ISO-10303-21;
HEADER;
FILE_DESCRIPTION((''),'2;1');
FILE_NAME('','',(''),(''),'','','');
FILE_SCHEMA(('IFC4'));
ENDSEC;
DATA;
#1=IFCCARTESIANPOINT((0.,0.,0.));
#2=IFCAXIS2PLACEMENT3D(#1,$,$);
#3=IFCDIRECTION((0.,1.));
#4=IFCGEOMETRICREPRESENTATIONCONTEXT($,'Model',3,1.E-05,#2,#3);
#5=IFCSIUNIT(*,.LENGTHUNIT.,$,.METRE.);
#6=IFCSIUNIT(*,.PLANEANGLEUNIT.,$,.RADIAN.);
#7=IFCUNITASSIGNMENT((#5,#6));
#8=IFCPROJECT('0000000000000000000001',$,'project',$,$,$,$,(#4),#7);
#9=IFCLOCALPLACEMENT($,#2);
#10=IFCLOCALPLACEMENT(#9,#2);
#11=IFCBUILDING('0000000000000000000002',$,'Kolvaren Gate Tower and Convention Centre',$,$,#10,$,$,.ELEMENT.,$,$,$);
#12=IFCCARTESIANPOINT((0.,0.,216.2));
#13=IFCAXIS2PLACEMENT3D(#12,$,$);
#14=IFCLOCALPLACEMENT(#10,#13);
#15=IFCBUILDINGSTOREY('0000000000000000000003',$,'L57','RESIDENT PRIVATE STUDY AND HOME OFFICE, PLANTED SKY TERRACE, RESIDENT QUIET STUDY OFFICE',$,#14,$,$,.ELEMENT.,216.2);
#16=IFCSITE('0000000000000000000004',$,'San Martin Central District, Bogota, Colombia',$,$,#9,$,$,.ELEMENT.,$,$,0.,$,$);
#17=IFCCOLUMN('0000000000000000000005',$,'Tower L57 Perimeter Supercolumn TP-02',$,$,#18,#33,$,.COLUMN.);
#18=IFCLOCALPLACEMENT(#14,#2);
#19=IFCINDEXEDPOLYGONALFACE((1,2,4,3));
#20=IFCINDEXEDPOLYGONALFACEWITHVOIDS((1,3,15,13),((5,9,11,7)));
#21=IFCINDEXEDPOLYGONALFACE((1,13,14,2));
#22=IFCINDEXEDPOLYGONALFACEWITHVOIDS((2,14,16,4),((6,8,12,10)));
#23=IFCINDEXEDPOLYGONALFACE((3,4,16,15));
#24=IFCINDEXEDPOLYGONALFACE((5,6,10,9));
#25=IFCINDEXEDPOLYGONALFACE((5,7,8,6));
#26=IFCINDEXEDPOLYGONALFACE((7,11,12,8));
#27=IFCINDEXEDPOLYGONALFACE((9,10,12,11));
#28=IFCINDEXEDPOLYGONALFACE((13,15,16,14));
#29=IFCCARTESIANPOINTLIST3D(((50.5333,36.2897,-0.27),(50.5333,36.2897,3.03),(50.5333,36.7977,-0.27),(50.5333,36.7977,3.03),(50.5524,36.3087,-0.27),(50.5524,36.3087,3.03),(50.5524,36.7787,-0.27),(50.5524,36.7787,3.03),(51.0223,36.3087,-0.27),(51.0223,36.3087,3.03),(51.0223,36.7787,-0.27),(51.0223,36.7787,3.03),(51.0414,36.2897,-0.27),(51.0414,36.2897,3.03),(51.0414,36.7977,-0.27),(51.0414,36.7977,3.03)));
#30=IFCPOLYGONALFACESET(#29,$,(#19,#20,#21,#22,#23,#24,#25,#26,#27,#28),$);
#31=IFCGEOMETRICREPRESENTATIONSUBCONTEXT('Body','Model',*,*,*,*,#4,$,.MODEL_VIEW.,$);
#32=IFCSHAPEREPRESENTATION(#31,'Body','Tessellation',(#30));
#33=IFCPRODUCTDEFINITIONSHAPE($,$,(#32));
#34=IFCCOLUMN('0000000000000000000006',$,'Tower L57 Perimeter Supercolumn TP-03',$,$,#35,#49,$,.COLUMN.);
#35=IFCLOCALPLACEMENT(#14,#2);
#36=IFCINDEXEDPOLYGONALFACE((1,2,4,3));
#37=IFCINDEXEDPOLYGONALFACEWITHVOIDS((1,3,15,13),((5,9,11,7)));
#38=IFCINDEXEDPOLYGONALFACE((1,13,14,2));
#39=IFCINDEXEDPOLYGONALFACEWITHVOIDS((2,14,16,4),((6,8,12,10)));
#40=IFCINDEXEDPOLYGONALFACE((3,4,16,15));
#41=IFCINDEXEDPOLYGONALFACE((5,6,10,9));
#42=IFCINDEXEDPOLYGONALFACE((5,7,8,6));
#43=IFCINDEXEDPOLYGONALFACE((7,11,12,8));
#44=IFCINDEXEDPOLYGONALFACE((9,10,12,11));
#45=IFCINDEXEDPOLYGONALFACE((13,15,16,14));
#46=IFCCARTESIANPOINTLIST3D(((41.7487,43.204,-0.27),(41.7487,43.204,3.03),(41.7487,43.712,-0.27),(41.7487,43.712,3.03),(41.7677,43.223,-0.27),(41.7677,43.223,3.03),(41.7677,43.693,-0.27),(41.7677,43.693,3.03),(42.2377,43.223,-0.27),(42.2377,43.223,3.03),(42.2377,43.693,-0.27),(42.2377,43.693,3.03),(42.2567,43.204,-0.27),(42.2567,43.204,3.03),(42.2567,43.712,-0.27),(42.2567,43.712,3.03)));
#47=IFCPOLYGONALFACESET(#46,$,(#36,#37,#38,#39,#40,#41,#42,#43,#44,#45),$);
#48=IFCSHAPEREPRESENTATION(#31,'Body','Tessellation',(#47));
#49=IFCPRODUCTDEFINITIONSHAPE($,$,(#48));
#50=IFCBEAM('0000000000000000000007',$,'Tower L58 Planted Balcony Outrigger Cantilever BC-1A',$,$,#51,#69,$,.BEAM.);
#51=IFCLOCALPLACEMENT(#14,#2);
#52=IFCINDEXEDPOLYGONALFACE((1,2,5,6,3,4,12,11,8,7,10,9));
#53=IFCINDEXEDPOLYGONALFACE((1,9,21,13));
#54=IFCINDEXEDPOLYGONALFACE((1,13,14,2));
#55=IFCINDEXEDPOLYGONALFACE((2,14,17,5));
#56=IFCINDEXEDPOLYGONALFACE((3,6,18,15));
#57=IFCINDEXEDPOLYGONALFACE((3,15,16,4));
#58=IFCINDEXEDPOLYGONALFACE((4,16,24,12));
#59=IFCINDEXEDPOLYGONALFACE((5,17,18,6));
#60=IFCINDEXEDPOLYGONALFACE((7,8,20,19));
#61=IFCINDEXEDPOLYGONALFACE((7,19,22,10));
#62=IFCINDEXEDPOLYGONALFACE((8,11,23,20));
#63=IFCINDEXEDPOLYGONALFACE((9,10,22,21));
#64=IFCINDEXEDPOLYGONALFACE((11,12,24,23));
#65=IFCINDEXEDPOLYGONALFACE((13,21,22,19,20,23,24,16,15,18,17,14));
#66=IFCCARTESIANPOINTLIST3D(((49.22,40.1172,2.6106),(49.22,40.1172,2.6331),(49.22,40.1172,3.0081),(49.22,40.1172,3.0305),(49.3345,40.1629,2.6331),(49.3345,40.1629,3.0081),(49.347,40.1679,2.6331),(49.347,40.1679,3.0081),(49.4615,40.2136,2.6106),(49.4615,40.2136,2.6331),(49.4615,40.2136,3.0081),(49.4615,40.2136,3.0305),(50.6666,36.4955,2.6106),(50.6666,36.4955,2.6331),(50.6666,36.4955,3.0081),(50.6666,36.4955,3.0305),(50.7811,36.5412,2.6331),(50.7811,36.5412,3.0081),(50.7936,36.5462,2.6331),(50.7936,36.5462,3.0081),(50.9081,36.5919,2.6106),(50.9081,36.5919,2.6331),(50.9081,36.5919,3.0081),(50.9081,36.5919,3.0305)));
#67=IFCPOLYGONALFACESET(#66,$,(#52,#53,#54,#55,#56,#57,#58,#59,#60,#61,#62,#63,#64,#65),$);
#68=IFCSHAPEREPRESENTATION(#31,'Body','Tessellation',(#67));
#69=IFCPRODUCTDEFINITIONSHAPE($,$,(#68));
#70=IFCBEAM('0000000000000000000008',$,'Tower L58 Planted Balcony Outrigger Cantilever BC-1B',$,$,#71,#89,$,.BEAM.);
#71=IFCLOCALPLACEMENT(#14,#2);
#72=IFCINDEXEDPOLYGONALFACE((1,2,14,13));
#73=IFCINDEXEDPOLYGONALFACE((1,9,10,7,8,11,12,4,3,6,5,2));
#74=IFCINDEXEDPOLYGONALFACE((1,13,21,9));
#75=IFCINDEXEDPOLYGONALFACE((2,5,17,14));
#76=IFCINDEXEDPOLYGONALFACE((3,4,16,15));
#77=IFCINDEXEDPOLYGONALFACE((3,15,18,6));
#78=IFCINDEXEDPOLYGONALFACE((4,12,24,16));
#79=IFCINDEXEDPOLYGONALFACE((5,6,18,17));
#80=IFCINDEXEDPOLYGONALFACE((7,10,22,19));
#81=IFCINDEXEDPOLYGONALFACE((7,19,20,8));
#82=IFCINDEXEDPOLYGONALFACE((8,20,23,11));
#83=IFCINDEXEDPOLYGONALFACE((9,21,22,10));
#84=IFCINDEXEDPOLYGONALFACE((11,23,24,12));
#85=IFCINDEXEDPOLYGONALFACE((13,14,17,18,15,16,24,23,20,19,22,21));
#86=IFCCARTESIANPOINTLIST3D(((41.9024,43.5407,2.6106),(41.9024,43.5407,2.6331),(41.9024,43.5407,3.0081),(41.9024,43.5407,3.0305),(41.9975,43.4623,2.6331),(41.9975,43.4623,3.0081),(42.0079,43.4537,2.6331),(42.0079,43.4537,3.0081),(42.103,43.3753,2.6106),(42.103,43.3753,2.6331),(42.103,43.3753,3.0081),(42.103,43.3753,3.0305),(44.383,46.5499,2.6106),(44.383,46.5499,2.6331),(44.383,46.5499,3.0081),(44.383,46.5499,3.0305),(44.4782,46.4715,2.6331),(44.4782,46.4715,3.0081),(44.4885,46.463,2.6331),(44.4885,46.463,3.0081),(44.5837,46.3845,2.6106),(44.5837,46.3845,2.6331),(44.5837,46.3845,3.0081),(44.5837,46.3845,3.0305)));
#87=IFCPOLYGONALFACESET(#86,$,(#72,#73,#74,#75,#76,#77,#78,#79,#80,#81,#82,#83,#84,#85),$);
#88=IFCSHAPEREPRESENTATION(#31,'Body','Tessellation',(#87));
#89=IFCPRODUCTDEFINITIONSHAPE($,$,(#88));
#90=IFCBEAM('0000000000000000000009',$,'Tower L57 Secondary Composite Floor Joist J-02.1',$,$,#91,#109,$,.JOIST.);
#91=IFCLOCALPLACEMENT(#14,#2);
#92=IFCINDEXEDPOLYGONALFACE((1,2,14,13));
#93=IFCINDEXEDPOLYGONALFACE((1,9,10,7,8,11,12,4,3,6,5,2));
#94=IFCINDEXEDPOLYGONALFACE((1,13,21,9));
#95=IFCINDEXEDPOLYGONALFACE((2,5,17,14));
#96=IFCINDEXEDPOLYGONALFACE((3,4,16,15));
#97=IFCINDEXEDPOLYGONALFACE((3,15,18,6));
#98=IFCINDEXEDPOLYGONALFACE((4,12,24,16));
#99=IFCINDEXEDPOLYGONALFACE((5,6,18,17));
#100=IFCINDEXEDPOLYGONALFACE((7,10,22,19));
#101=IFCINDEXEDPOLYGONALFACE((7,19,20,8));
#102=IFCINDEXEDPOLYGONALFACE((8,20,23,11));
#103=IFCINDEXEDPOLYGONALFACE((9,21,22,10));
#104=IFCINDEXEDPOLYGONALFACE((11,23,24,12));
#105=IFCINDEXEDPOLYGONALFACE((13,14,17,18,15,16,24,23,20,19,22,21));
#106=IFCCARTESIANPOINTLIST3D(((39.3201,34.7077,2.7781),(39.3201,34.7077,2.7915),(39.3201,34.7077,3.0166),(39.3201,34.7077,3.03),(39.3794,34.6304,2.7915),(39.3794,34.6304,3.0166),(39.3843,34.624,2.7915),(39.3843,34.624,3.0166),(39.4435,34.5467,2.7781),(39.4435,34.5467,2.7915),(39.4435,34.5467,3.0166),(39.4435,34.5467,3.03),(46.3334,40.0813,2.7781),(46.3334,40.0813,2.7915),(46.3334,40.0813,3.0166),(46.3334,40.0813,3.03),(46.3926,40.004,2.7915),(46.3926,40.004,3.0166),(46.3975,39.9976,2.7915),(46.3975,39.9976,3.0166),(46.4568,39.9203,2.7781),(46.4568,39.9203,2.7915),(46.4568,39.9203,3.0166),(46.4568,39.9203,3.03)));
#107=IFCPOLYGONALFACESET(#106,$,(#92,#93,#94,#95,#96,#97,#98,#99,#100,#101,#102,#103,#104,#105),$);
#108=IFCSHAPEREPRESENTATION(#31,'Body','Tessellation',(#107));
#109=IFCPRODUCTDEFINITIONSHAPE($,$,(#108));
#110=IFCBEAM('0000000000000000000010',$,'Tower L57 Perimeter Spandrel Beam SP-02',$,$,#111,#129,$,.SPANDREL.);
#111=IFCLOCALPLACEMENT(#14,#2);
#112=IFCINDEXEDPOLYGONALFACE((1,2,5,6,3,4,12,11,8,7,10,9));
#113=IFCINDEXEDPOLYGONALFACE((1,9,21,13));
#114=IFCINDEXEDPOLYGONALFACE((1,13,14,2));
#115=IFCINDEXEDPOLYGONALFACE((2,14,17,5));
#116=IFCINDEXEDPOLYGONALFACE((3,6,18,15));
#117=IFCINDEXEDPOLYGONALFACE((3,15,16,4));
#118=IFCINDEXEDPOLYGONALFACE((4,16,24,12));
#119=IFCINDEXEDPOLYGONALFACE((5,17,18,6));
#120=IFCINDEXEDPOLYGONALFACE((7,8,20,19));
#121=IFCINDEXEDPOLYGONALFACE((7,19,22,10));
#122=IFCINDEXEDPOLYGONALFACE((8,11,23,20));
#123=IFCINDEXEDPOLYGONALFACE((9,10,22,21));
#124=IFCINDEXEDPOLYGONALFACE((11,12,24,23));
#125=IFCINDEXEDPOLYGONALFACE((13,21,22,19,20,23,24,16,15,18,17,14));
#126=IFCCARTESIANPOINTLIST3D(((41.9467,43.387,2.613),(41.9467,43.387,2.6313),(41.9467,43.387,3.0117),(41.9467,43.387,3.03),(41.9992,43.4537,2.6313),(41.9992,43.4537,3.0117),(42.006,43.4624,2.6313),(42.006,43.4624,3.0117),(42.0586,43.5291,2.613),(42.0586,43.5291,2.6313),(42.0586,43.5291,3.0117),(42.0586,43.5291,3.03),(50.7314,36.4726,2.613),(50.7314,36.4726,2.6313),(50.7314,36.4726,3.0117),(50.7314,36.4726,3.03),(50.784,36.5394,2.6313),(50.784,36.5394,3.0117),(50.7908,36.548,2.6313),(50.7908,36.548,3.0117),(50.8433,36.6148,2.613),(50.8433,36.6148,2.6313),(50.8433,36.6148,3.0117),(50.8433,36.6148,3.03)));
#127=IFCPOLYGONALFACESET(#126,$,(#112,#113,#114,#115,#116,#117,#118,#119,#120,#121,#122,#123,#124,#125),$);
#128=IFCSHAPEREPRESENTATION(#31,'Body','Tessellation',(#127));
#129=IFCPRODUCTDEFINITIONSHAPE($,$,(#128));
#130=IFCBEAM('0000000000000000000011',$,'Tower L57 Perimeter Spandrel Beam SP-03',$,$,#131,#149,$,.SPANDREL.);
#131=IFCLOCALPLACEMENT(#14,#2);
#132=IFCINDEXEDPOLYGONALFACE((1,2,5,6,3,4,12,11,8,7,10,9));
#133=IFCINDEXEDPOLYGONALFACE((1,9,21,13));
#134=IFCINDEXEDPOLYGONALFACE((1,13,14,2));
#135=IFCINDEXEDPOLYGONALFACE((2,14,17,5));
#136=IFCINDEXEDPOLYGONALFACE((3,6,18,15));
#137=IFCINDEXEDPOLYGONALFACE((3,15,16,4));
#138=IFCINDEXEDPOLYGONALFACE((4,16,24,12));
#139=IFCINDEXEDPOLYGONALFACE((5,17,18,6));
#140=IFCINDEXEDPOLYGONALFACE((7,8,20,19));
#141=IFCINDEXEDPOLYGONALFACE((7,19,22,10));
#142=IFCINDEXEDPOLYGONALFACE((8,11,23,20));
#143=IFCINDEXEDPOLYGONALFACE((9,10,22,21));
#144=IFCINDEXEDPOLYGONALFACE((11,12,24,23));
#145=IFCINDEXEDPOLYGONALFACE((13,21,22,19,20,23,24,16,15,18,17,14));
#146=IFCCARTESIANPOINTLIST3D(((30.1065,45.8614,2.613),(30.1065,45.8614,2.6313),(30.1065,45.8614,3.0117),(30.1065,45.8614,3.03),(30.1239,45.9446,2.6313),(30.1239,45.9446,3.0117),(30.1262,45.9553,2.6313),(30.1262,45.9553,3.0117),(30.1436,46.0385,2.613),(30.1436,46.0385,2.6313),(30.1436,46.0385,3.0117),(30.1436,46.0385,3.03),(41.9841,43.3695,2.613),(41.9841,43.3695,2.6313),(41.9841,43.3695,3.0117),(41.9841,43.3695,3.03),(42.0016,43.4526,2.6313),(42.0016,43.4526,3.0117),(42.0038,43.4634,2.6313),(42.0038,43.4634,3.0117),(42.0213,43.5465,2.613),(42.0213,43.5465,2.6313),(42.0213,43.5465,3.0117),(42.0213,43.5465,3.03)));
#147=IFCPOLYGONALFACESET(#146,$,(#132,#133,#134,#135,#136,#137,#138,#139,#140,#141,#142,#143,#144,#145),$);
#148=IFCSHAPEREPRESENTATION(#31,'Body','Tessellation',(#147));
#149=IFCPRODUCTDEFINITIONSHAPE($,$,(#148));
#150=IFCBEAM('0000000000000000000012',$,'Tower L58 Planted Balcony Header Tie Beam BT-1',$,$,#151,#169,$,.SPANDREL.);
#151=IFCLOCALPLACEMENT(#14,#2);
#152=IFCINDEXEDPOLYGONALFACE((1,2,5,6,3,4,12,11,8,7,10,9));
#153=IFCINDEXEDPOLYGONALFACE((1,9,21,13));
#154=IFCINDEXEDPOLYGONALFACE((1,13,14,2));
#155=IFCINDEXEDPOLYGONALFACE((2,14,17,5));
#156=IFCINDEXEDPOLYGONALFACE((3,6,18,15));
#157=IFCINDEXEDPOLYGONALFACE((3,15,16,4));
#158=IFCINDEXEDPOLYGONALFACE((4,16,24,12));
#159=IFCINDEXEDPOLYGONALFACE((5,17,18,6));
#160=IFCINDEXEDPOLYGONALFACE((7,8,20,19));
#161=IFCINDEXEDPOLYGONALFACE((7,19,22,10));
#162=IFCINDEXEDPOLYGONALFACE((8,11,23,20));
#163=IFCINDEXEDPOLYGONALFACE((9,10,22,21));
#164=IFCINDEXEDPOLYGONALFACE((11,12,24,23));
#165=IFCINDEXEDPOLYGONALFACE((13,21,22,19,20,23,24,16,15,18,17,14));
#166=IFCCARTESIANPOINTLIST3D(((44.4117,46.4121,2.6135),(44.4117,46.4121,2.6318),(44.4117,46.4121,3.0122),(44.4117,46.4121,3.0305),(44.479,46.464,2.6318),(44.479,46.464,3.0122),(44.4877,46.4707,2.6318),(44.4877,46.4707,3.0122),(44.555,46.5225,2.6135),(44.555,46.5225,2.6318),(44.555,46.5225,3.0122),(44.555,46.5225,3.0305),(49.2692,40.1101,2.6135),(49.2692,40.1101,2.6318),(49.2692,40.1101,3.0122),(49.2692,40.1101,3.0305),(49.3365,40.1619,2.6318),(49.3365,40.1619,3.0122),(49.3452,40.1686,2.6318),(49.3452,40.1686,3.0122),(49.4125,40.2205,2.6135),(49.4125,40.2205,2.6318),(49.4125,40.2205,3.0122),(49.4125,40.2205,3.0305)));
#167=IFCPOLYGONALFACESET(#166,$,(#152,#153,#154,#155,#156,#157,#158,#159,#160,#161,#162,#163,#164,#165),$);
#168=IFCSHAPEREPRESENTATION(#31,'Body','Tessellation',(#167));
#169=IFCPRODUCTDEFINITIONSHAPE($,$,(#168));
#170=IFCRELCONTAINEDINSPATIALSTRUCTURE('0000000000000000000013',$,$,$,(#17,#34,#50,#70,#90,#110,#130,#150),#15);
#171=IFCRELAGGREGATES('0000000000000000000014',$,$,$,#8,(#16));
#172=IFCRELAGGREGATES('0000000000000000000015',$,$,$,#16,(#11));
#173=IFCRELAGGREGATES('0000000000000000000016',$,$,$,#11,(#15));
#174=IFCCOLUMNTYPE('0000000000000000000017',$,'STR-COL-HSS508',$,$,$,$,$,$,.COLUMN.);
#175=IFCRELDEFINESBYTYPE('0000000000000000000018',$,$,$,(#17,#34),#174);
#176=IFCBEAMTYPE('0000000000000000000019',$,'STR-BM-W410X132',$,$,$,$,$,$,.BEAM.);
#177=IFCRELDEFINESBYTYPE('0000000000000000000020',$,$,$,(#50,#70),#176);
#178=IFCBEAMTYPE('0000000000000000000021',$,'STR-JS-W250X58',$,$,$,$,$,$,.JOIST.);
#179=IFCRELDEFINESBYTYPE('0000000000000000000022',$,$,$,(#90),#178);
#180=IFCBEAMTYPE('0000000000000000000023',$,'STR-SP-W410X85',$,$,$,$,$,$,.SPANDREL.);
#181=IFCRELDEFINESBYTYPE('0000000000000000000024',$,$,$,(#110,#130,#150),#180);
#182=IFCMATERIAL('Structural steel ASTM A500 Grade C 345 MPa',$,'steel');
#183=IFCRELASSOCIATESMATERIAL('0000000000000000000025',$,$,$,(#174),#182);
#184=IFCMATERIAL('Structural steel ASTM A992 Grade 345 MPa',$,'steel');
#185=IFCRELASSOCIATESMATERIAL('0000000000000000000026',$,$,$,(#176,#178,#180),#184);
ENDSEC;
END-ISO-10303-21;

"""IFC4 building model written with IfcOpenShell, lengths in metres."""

from ifc_helpers import new_model, si_unit, direction, frame, origin, origin_2d, place, context, subcontext, project, spatial, hollow_rectangle, i_section, extrude, material, material_profile, profile_set, type_object, element, save


model = new_model("IFC4")

# Units and contexts
model_context = context("Model", 3, precision=1e-05, world=origin(), true_north=direction((0.0, 1.0)))
body_context = subcontext(model_context, "Body", "Model", "MODEL_VIEW")
ifc_project = project(units=[si_unit("LENGTHUNIT", "METRE"), si_unit("PLANEANGLEUNIT", "RADIAN")], contexts=[model_context])

# Site, building, storey
site_placement = place(None, origin())
site = spatial("IfcSite", under=ifc_project, at=site_placement, Name="San Martin Central District, Bogota, Colombia", CompositionType="ELEMENT", RefElevation=0.0)
building_placement = place(site_placement, origin())
building = spatial("IfcBuilding", under=site, at=building_placement, Name="Kolvaren Gate Tower and Convention Centre", CompositionType="ELEMENT")
storey_placement = place(building_placement, frame((0.0, 0.0, 216.2)))
storey = spatial("IfcBuildingStorey", under=building, at=storey_placement, Name="L57", Description="RESIDENT PRIVATE STUDY AND HOME OFFICE, PLANTED SKY TERRACE, RESIDENT QUIET STUDY OFFICE", CompositionType="ELEMENT", Elevation=216.2)

# Columns
ifc_material_1 = material(Name="Structural steel ASTM A500 Grade C 345 MPa", Category="steel")
ifc_material_profile_1 = material_profile(ifc_material_1, hollow_rectangle(XDim=0.5081, YDim=0.5081, WallThickness=0.019, at=origin_2d()), Name="HSS508X508X19.1")
ifc_profile_set_1 = profile_set([ifc_material_profile_1], Name="Structural steel ASTM A500 Grade C 345 MPa")
column_type = type_object("IfcColumnType", Name="STR-COL-HSS508", PredefinedType="COLUMN", material=ifc_profile_set_1)
for number, where, z_axis, x_axis, name in (
    (1, (50.7874, 36.5437, -0.27), (0.0, 0.0, 1.0), (1.0, 0.0, 0.0), "Tower L57 Perimeter Supercolumn TP-02"),
    (2, (42.0027, 43.458, -0.27), (0.0, 0.0, 1.0), (1.0, 0.0, 0.0), "Tower L57 Perimeter Supercolumn TP-03"),
):
    element("IfcColumn", number, at=place(storey_placement, frame(where, z_axis=z_axis, x_axis=x_axis)), inside=storey, type_object=column_type, Name=name, PredefinedType="COLUMN", context=body_context, shape_type="SweptSolid", body=[
        extrude(hollow_rectangle(XDim=0.5081, YDim=0.5081, WallThickness=0.019, at=origin_2d()), origin(), (0.0, 0.0, 1.0), 3.3),
    ])

# Beams
ifc_material_2 = material(Name="Structural steel ASTM A992 Grade 345 MPa", Category="steel")
ifc_material_profile_2 = material_profile(ifc_material_2, i_section(OverallWidth=0.26, OverallDepth=0.4199, WebThickness=0.0134, FlangeThickness=0.0225, at=origin_2d()), Name="W410X132")
ifc_profile_set_2 = profile_set([ifc_material_profile_2], Name="Structural steel ASTM A992 Grade 345 MPa")
beam_type_1 = type_object("IfcBeamType", Name="STR-BM-W410X132", PredefinedType="BEAM", material=ifc_profile_set_2)
for number, where, z_axis, x_axis, name in (
    (3, (50.7874, 36.5437, 2.8206), (-0.370926, 0.928662, 0.0), (-0.928662, -0.370926, 0.0), "Tower L58 Planted Balcony Outrigger Cantilever BC-1A"),
    (4, (42.0027, 43.458, 2.8206), (0.636087, 0.771618, 0.0), (-0.771618, 0.636087, 0.0), "Tower L58 Planted Balcony Outrigger Cantilever BC-1B"),
):
    element("IfcBeam", number, at=place(storey_placement, frame(where, z_axis=z_axis, x_axis=x_axis)), inside=storey, type_object=beam_type_1, Name=name, PredefinedType="BEAM", context=body_context, shape_type="SweptSolid", body=[
        extrude(i_section(OverallWidth=0.26, OverallDepth=0.4199, WebThickness=0.0134, FlangeThickness=0.0225, at=origin_2d()), origin(), (0.0, 0.0, 1.0), 3.8999),
    ])
ifc_material_profile_3 = material_profile(ifc_material_2, i_section(OverallWidth=0.2029, OverallDepth=0.252, WebThickness=0.0081, FlangeThickness=0.0134, at=origin_2d()), Name="W250X58")
ifc_profile_set_3 = profile_set([ifc_material_profile_3], Name="Structural steel ASTM A992 Grade 345 MPa")
beam_type_2 = type_object("IfcBeamType", Name="STR-JS-W250X58", PredefinedType="JOIST", material=ifc_profile_set_3)
beam_1_placement = place(storey_placement, frame((39.3818, 34.6272, 2.9041), z_axis=(0.793783, 0.608201, 0.0), x_axis=(-0.608201, 0.793783, 0.0)))
element("IfcBeam", 5, at=beam_1_placement, inside=storey, type_object=beam_type_2, Name="Tower L57 Secondary Composite Floor Joist J-02.1", PredefinedType="JOIST", context=body_context, shape_type="SweptSolid", body=[
    extrude(i_section(OverallWidth=0.2029, OverallDepth=0.252, WebThickness=0.0081, FlangeThickness=0.0134, at=origin_2d()), origin(), (0.0, 0.0, 1.0), 8.8352),
])
ifc_material_profile_4 = material_profile(ifc_material_2, i_section(OverallWidth=0.1809, OverallDepth=0.417, WebThickness=0.011, FlangeThickness=0.0183, at=origin_2d()), Name="W410X85")
ifc_profile_set_4 = profile_set([ifc_material_profile_4], Name="Structural steel ASTM A992 Grade 345 MPa")
beam_type_3 = type_object("IfcBeamType", Name="STR-SP-W410X85", PredefinedType="SPANDREL", material=ifc_profile_set_4)
beam_2_placement = place(storey_placement, frame((50.7874, 36.5437, 2.8215), z_axis=(-0.785794, 0.618489, 0.0), x_axis=(-0.618489, -0.785794, 0.0)))
element("IfcBeam", 6, at=beam_2_placement, inside=storey, type_object=beam_type_3, Name="Tower L57 Perimeter Spandrel Beam SP-02", PredefinedType="SPANDREL", context=body_context, shape_type="SweptSolid", body=[
    extrude(i_section(OverallWidth=0.1809, OverallDepth=0.417, WebThickness=0.011, FlangeThickness=0.0183, at=origin_2d()), origin(), (0.0, 0.0, 1.0), 11.1794),
])
beam_3_placement = place(storey_placement, frame((42.0027, 43.458, 2.8215), z_axis=(-0.978693, 0.20533, 0.0), x_axis=(-0.20533, -0.978693, 0.0)))
element("IfcBeam", 7, at=beam_3_placement, inside=storey, type_object=beam_type_3, Name="Tower L57 Perimeter Spandrel Beam SP-03", PredefinedType="SPANDREL", context=body_context, shape_type="SweptSolid", body=[
    extrude(i_section(OverallWidth=0.1809, OverallDepth=0.417, WebThickness=0.011, FlangeThickness=0.0183, at=origin_2d()), origin(), (0.0, 0.0, 1.0), 12.1362),
])
beam_4_placement = place(storey_placement, frame((49.3408, 40.1653, 2.822), z_axis=(-0.610479, 0.792033, 0.0), x_axis=(-0.792033, -0.610479, 0.0)))
element("IfcBeam", 8, at=beam_4_placement, inside=storey, type_object=beam_type_3, Name="Tower L58 Planted Balcony Header Tie Beam BT-1", PredefinedType="SPANDREL", context=body_context, shape_type="SweptSolid", body=[
    extrude(i_section(OverallWidth=0.1809, OverallDepth=0.417, WebThickness=0.011, FlangeThickness=0.0183, at=origin_2d()), origin(), (0.0, 0.0, 1.0), 7.9568),
])

save(model, "model.ifc")
